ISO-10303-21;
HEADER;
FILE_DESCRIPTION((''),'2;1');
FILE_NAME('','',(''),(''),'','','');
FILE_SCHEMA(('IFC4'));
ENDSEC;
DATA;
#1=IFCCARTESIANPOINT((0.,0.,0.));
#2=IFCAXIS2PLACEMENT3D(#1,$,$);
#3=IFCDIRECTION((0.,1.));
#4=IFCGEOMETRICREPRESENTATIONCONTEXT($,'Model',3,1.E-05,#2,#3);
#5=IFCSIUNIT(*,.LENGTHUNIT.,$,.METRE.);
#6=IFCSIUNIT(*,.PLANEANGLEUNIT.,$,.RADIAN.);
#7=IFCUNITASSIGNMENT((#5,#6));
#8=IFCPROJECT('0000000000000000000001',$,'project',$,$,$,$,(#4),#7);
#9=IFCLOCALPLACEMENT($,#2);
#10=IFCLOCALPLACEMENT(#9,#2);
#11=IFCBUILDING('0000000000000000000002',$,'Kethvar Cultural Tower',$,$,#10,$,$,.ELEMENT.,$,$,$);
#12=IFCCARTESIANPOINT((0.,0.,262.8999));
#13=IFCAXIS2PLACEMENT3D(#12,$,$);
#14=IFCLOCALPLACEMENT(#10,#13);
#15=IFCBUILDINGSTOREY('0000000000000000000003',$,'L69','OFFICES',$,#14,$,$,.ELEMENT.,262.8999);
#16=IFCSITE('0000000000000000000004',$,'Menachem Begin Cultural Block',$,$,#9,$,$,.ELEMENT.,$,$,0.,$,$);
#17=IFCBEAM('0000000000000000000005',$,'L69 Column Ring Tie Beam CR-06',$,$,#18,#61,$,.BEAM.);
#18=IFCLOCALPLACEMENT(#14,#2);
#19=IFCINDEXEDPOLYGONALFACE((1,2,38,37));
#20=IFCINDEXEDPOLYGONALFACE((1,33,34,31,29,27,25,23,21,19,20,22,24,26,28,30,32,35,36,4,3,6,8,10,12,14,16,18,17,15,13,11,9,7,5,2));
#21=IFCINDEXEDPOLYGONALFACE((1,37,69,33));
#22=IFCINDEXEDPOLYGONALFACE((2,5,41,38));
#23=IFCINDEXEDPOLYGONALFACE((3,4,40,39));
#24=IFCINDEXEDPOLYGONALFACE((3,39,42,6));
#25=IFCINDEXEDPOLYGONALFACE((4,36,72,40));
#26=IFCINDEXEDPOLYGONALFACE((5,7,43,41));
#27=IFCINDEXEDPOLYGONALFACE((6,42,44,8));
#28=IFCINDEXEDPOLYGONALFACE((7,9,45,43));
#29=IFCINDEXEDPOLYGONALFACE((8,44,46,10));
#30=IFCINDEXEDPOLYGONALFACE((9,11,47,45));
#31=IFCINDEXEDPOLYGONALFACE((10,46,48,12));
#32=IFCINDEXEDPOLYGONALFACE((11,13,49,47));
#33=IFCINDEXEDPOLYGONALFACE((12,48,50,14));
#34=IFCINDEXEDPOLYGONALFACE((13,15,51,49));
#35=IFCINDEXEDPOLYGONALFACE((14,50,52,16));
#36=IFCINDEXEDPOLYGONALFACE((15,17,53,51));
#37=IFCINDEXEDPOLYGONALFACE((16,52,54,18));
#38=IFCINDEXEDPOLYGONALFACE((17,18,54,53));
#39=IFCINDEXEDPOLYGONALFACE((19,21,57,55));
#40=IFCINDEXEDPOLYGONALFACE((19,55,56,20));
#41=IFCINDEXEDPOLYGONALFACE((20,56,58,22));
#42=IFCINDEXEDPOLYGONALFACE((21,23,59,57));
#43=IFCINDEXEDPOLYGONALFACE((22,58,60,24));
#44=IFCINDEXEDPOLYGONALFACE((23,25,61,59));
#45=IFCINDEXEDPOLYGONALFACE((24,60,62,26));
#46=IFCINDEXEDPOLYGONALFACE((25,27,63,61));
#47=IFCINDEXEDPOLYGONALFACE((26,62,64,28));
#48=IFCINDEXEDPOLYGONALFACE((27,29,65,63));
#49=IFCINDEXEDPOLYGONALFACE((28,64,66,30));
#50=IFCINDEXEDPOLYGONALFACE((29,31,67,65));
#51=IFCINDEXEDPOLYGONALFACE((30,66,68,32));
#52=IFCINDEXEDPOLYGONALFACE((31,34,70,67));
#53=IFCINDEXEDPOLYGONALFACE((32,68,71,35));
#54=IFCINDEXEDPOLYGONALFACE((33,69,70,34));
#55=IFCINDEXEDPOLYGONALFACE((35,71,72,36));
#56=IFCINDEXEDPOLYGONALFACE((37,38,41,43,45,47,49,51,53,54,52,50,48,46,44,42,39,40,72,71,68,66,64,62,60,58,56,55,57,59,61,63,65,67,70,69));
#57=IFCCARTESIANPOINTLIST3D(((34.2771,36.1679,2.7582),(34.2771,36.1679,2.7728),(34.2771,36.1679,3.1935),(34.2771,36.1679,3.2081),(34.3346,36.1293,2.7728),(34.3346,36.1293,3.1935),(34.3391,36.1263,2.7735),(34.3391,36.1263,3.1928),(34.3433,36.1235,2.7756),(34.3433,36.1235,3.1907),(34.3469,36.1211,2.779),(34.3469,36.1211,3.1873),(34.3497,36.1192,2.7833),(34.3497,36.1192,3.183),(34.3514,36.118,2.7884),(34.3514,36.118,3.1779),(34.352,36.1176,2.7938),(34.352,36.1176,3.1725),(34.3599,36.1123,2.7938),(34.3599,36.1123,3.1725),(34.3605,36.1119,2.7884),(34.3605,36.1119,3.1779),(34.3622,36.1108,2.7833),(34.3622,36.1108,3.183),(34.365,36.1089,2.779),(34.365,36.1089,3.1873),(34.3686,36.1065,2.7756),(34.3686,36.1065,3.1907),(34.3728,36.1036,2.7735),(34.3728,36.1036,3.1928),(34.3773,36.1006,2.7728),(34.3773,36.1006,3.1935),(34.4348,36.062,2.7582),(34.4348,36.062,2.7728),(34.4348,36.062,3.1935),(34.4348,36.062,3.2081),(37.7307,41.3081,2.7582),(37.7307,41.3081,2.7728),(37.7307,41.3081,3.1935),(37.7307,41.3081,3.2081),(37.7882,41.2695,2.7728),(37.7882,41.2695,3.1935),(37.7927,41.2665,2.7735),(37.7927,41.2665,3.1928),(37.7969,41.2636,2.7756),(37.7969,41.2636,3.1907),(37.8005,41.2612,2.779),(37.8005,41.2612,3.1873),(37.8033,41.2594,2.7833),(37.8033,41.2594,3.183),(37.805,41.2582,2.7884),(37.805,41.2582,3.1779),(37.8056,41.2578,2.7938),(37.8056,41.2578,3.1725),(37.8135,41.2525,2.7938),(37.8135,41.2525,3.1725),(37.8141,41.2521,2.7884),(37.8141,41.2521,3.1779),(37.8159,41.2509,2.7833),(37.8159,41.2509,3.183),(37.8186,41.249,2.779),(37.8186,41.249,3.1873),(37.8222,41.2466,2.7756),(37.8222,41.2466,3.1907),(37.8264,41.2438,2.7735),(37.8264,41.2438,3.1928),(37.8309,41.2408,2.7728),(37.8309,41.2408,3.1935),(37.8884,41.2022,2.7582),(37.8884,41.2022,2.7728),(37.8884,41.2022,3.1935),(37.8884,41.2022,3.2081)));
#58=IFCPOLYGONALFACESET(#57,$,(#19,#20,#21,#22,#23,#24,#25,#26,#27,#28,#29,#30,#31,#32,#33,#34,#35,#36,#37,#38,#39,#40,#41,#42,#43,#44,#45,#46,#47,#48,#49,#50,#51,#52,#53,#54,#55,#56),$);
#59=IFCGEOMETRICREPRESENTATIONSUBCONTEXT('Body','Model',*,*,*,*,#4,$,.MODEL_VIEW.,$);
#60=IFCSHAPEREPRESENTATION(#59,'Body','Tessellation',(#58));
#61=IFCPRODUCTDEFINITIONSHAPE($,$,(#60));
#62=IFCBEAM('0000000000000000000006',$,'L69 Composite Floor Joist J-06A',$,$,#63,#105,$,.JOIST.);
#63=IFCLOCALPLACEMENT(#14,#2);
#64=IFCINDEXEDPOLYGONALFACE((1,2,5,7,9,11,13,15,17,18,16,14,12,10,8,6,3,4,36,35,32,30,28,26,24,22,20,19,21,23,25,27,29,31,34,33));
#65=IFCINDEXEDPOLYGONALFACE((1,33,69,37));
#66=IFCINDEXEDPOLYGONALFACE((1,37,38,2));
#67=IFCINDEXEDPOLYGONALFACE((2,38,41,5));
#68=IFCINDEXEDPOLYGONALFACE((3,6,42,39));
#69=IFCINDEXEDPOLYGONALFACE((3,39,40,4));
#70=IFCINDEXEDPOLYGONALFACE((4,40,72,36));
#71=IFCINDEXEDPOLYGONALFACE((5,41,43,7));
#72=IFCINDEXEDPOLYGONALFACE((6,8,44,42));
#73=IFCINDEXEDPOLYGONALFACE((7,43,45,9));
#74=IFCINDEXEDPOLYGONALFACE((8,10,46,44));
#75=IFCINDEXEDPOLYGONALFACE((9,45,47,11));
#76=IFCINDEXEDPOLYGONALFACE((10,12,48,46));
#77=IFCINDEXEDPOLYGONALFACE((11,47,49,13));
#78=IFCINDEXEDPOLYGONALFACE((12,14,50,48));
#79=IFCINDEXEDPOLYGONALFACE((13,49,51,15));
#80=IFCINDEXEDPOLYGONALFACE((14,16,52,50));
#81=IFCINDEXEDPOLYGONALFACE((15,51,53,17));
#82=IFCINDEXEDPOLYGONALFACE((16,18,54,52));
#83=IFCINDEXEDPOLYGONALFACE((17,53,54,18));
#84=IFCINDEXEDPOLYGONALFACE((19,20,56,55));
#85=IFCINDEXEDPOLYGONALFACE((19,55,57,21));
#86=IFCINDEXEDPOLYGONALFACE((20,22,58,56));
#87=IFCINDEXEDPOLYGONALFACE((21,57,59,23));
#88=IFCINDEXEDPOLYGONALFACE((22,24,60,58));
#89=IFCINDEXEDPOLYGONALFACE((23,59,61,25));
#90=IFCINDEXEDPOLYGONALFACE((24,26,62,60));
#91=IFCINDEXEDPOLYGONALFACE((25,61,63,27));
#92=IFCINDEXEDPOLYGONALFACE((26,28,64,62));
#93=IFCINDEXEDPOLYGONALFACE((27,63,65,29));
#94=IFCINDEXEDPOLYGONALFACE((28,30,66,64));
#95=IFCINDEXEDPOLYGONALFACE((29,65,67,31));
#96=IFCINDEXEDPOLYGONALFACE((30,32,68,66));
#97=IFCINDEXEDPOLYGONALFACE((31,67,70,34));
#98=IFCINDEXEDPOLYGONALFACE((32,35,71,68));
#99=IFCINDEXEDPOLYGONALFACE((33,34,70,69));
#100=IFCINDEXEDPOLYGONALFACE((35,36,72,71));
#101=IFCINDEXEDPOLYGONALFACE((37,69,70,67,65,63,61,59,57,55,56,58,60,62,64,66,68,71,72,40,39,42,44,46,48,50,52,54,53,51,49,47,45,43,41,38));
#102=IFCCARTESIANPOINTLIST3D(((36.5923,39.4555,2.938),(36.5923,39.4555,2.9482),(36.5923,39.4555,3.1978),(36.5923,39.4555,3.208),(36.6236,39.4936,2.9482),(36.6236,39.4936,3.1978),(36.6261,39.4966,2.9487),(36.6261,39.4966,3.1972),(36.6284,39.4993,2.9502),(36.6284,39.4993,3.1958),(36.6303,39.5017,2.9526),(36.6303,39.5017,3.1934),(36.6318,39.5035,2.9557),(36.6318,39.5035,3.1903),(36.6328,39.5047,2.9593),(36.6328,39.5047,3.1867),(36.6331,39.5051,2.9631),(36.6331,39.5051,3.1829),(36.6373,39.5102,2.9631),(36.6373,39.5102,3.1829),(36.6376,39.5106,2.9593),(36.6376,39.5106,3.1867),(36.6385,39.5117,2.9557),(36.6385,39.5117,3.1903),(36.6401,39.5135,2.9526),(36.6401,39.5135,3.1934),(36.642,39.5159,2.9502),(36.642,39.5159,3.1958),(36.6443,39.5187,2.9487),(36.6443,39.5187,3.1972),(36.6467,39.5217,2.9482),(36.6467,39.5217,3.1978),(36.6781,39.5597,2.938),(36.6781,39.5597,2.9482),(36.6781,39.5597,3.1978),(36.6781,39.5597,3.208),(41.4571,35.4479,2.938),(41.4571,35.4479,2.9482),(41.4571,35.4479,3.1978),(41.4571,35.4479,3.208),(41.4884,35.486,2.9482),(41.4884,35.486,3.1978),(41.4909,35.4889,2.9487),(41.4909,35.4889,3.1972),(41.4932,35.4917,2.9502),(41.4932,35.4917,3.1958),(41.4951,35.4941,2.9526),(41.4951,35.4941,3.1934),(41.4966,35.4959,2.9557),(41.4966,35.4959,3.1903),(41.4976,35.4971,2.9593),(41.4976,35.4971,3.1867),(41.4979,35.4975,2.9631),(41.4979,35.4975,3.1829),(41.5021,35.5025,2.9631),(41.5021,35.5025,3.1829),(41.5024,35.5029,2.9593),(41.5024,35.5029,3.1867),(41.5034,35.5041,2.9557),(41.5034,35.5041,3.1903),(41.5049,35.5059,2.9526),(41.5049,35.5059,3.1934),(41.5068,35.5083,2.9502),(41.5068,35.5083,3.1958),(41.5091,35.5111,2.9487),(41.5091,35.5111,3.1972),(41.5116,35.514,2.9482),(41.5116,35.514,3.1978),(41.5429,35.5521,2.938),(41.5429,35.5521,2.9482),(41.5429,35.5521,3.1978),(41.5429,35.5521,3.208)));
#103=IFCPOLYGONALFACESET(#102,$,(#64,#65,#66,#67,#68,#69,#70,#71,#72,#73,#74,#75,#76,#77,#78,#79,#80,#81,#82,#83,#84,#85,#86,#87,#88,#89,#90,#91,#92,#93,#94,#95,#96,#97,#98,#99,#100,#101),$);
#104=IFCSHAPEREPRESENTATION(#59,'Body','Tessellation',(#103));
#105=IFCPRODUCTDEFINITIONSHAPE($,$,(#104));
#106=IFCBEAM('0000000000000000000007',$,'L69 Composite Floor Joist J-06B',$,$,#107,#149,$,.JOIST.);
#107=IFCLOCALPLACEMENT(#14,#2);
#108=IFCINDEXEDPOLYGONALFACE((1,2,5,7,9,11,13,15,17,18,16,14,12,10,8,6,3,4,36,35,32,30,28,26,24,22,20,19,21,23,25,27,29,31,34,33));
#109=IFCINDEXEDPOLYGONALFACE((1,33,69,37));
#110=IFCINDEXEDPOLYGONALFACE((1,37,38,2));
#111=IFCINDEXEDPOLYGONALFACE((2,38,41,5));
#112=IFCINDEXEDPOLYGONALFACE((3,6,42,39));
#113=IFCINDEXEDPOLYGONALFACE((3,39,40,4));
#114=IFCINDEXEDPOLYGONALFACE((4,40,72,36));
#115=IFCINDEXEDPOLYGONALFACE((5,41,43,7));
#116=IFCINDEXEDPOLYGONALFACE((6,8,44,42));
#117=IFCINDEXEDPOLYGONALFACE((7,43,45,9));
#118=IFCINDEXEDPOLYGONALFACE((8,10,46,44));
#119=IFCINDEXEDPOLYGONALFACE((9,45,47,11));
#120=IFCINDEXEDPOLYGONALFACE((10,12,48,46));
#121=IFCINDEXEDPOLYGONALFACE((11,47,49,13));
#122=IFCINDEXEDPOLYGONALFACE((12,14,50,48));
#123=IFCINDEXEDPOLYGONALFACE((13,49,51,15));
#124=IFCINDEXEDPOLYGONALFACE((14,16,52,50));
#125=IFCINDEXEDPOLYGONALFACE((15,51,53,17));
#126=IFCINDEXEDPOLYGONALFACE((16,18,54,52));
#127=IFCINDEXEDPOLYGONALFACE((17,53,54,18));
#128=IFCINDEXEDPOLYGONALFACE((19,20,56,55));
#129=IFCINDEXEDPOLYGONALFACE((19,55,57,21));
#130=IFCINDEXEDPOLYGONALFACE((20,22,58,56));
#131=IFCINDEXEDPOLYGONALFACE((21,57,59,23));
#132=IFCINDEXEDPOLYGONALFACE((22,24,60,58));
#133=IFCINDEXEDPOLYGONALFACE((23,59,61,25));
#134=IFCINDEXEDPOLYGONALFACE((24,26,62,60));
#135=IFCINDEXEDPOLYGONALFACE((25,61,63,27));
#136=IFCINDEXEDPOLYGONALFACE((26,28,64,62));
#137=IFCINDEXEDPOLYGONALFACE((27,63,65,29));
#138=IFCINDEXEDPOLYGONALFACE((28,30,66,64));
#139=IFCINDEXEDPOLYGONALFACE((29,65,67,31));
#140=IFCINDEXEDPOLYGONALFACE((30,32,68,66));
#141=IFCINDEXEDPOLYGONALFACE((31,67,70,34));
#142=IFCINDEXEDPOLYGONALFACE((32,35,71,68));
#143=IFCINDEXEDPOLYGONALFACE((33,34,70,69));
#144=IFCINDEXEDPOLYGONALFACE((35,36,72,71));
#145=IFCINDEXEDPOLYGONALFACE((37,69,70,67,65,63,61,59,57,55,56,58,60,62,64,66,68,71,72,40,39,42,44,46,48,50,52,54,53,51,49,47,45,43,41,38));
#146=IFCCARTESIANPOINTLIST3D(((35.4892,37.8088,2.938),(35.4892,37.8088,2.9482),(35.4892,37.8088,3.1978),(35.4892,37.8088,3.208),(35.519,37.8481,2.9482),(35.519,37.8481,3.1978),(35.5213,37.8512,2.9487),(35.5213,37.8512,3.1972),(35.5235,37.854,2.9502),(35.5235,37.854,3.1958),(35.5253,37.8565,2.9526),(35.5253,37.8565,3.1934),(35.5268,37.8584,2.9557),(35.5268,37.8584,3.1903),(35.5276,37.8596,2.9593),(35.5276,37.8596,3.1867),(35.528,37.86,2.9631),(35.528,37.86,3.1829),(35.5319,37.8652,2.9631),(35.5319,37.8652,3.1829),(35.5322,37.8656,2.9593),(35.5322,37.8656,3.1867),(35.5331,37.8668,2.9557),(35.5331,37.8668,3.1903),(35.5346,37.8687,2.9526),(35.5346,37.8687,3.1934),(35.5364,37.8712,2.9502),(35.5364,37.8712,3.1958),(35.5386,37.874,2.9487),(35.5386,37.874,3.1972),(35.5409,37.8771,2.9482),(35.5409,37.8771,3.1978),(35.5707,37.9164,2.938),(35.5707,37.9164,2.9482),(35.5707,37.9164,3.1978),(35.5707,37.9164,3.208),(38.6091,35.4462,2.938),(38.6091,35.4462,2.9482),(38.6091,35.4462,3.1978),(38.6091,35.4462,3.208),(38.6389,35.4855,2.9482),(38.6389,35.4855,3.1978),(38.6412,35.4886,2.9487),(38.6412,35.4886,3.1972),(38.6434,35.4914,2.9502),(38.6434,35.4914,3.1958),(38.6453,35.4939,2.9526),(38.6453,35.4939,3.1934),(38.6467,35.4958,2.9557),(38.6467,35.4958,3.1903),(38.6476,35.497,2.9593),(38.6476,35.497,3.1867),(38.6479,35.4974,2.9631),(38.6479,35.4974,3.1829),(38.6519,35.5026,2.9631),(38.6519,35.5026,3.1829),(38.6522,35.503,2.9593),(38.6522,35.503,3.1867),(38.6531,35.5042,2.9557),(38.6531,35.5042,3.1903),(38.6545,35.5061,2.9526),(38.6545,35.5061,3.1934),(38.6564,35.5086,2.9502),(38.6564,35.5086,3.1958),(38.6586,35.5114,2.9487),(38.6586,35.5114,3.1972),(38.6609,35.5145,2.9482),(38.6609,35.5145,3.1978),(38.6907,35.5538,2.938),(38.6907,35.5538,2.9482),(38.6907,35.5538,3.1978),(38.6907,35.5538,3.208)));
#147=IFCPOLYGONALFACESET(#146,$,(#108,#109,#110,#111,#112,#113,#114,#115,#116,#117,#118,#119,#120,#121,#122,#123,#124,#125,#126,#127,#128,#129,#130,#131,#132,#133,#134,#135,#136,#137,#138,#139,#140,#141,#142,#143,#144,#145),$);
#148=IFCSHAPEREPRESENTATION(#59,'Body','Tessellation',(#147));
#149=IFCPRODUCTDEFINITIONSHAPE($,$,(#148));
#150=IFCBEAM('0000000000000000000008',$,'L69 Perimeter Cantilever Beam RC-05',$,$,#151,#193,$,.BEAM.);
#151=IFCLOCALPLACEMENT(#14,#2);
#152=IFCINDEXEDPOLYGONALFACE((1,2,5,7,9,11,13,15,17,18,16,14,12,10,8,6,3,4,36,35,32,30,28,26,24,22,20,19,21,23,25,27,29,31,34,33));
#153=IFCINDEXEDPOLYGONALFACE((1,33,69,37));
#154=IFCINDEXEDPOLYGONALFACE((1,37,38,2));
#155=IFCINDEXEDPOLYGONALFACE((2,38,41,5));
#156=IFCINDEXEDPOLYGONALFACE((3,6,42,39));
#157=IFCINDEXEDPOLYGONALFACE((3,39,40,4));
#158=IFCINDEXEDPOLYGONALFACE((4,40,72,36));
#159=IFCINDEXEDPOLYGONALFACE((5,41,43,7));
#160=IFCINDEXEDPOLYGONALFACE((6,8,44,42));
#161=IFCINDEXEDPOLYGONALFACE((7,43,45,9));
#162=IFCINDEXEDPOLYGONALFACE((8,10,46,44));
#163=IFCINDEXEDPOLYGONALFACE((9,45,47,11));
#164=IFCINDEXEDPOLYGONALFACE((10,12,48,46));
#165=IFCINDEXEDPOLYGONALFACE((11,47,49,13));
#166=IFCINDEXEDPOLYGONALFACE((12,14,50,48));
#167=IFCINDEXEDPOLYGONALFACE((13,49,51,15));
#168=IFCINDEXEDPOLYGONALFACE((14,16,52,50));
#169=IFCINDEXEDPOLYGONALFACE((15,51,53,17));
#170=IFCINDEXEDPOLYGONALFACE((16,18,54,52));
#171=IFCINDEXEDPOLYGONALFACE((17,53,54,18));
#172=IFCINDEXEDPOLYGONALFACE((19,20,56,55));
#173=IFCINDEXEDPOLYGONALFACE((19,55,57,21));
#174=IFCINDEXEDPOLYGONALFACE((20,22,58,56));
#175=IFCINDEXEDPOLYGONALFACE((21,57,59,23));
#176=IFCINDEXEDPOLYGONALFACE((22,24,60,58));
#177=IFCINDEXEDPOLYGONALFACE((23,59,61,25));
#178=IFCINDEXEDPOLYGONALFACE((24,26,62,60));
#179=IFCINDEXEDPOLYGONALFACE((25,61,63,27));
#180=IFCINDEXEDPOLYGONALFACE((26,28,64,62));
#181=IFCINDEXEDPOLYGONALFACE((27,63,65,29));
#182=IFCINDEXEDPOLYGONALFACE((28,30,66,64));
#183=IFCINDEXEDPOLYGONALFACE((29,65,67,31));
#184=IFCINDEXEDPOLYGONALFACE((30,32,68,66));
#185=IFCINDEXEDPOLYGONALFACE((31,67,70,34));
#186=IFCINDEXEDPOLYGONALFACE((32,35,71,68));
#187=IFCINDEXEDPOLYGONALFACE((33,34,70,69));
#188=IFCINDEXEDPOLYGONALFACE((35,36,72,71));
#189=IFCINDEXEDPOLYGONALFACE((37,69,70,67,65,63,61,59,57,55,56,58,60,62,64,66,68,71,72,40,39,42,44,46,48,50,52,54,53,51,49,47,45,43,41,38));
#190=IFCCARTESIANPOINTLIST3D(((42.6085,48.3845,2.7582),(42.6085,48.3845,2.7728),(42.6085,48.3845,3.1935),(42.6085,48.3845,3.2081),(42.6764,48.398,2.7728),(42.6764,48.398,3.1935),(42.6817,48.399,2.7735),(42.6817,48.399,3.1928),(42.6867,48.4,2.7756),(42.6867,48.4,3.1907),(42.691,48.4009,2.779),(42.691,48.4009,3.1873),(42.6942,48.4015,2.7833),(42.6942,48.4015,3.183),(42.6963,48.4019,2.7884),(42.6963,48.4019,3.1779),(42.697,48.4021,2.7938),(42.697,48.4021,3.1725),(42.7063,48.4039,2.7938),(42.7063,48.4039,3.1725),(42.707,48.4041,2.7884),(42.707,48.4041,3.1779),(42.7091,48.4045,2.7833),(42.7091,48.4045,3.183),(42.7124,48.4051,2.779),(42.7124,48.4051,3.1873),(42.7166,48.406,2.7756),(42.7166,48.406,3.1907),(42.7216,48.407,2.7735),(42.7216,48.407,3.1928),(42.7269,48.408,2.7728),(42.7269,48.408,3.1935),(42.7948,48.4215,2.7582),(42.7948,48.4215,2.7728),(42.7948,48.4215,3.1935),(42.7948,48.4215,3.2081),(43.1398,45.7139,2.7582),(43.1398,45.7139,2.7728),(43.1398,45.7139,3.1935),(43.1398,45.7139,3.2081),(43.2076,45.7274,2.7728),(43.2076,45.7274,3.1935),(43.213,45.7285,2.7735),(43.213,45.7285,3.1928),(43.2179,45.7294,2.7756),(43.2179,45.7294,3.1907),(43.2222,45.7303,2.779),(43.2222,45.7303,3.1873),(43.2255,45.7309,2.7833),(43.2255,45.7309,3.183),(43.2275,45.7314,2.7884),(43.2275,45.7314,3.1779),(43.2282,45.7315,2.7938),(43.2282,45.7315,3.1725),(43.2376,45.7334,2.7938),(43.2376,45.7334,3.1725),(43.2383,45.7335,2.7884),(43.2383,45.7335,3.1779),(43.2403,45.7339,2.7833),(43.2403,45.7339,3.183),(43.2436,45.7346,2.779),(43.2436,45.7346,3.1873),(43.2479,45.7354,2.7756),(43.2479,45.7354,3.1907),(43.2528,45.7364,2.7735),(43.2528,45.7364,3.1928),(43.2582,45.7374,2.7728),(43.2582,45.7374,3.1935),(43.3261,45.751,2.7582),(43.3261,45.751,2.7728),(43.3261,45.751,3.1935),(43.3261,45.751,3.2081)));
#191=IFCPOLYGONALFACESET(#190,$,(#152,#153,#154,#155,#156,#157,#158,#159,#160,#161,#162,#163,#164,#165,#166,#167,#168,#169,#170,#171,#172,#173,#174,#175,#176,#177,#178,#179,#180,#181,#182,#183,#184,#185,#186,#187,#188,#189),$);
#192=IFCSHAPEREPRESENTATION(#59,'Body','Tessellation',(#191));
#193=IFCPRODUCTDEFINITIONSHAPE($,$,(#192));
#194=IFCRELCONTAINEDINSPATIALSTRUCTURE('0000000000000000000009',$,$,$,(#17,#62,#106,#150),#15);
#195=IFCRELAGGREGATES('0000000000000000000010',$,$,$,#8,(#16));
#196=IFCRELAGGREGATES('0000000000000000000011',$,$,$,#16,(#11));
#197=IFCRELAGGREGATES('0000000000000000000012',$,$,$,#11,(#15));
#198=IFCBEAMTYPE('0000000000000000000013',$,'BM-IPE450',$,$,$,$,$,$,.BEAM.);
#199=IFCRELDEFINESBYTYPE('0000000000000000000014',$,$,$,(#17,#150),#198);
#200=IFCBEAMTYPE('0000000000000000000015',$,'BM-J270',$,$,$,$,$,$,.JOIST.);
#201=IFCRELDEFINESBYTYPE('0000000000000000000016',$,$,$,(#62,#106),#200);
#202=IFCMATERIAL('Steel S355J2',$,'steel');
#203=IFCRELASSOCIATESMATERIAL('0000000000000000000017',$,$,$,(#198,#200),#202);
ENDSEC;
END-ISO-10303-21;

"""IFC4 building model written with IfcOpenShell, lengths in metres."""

from ifc_helpers import new_model, si_unit, direction, frame, origin, origin_2d, place, context, subcontext, project, spatial, i_section, extrude, source, transform, mapped, material, material_profile, profile_set, type_object, element, save


model = new_model("IFC4")

# Units and contexts
model_context = context("Model", 3, precision=1e-05, world=origin(), true_north=direction((0.0, 1.0)))
body_context = subcontext(model_context, "Body", "Model", "MODEL_VIEW")
ifc_project = project(units=[si_unit("LENGTHUNIT", "METRE"), si_unit("PLANEANGLEUNIT", "RADIAN")], contexts=[model_context])

# Site, building, storey
site_placement = place(None, origin())
site = spatial("IfcSite", under=ifc_project, at=site_placement, Name="Menachem Begin Cultural Block", CompositionType="ELEMENT", RefElevation=0.0)
building_placement = place(site_placement, origin())
building = spatial("IfcBuilding", under=site, at=building_placement, Name="Kethvar Cultural Tower", CompositionType="ELEMENT")
storey_placement = place(building_placement, frame((0.0, 0.0, 262.8999)))
storey = spatial("IfcBuildingStorey", under=building, at=storey_placement, Name="L69", Description="OFFICES", CompositionType="ELEMENT", Elevation=262.8999)

# Beams
ifc_material_1 = material(Name="Steel S355J2", Category="steel")
ifc_material_profile_1 = material_profile(ifc_material_1, i_section(OverallWidth=0.1899, OverallDepth=0.45, WebThickness=0.0095, FlangeThickness=0.0146, FilletRadius=0.021, at=origin_2d()), Name="Steel S355J2 — IPE450")
ifc_profile_set_1 = profile_set([ifc_material_profile_1], Name="Steel S355J2 — IPE450")
beam_type_1 = type_object("IfcBeamType", Name="BM-IPE450", PredefinedType="BEAM", material=ifc_profile_set_1)
ifc_material_profile_2 = material_profile(ifc_material_1, i_section(OverallWidth=0.135, OverallDepth=0.27, WebThickness=0.0066, FlangeThickness=0.0103, FilletRadius=0.0149, at=origin_2d()), Name="Steel S355J2 — IPE270")
ifc_profile_set_2 = profile_set([ifc_material_profile_2], Name="Steel S355J2 — IPE270")
beam_type_2 = type_object("IfcBeamType", Name="BM-J270", PredefinedType="JOIST", material=ifc_profile_set_2)
shared_shape_1 = source(origin(), body_context, "Body", "SweptSolid", [
    extrude(i_section(OverallWidth=0.1899, OverallDepth=0.45, WebThickness=0.0095, FlangeThickness=0.0146, FilletRadius=0.021, at=origin_2d()), origin(), (0.0, 0.0, 1.0), 6.1926),
])
beam_1_placement = place(storey_placement, frame((37.8096, 41.2551, 2.9832), z_axis=(-0.557699, -0.830043, 0.0), x_axis=(0.830043, -0.557699, 0.0)))
element("IfcBeam", 1, at=beam_1_placement, inside=storey, type_object=beam_type_1, Name="L69 Column Ring Tie Beam CR-06", PredefinedType="BEAM", context=body_context, shape_type="MappedRepresentation", body=[
    mapped(shared_shape_1, transform((0.0, 0.0, 0.0), scale=1.0)),
])
shared_shape_2 = source(origin(), body_context, "Body", "SweptSolid", [
    extrude(i_section(OverallWidth=0.135, OverallDepth=0.27, WebThickness=0.0066, FlangeThickness=0.0103, FilletRadius=0.0149, at=origin_2d()), origin(), (0.0, 0.0, 1.0), 6.303),
])
beam_2_placement = place(storey_placement, frame((41.5, 35.5, 3.073), z_axis=(-0.771828, 0.635831, 0.0), x_axis=(-0.635831, -0.771828, 0.0)))
element("IfcBeam", 2, at=beam_2_placement, inside=storey, type_object=beam_type_2, Name="L69 Composite Floor Joist J-06A", PredefinedType="JOIST", context=body_context, shape_type="MappedRepresentation", body=[
    mapped(shared_shape_2, transform((0.0, 0.0, 0.0), scale=1.0)),
])
shared_shape_3 = source(origin(), body_context, "Body", "SweptSolid", [
    extrude(i_section(OverallWidth=0.135, OverallDepth=0.27, WebThickness=0.0066, FlangeThickness=0.0103, FilletRadius=0.0149, at=origin_2d()), origin(), (0.0, 0.0, 1.0), 3.9136),
])
beam_3_placement = place(storey_placement, frame((38.6499, 35.5, 3.073), z_axis=(-0.797214, 0.603697, 0.0), x_axis=(-0.603697, -0.797214, 0.0)))
element("IfcBeam", 3, at=beam_3_placement, inside=storey, type_object=beam_type_2, Name="L69 Composite Floor Joist J-06B", PredefinedType="JOIST", context=body_context, shape_type="MappedRepresentation", body=[
    mapped(shared_shape_3, transform((0.0, 0.0, 0.0), scale=1.0)),
])
shared_shape_4 = source(origin(), body_context, "Body", "SweptSolid", [
    extrude(i_section(OverallWidth=0.1899, OverallDepth=0.45, WebThickness=0.0095, FlangeThickness=0.0146, FilletRadius=0.021, at=origin_2d()), origin(), (0.0, 0.0, 1.0), 2.7229),
])
beam_4_placement = place(storey_placement, frame((43.2329, 45.7324, 2.9832), z_axis=(-0.195099, 0.980784, 0.0), x_axis=(-0.980784, -0.195099, 0.0)))
element("IfcBeam", 4, at=beam_4_placement, inside=storey, type_object=beam_type_1, Name="L69 Perimeter Cantilever Beam RC-05", PredefinedType="BEAM", context=body_context, shape_type="MappedRepresentation", body=[
    mapped(shared_shape_4, transform((0.0, 0.0, 0.0), scale=1.0)),
])

save(model, "model.ifc")
